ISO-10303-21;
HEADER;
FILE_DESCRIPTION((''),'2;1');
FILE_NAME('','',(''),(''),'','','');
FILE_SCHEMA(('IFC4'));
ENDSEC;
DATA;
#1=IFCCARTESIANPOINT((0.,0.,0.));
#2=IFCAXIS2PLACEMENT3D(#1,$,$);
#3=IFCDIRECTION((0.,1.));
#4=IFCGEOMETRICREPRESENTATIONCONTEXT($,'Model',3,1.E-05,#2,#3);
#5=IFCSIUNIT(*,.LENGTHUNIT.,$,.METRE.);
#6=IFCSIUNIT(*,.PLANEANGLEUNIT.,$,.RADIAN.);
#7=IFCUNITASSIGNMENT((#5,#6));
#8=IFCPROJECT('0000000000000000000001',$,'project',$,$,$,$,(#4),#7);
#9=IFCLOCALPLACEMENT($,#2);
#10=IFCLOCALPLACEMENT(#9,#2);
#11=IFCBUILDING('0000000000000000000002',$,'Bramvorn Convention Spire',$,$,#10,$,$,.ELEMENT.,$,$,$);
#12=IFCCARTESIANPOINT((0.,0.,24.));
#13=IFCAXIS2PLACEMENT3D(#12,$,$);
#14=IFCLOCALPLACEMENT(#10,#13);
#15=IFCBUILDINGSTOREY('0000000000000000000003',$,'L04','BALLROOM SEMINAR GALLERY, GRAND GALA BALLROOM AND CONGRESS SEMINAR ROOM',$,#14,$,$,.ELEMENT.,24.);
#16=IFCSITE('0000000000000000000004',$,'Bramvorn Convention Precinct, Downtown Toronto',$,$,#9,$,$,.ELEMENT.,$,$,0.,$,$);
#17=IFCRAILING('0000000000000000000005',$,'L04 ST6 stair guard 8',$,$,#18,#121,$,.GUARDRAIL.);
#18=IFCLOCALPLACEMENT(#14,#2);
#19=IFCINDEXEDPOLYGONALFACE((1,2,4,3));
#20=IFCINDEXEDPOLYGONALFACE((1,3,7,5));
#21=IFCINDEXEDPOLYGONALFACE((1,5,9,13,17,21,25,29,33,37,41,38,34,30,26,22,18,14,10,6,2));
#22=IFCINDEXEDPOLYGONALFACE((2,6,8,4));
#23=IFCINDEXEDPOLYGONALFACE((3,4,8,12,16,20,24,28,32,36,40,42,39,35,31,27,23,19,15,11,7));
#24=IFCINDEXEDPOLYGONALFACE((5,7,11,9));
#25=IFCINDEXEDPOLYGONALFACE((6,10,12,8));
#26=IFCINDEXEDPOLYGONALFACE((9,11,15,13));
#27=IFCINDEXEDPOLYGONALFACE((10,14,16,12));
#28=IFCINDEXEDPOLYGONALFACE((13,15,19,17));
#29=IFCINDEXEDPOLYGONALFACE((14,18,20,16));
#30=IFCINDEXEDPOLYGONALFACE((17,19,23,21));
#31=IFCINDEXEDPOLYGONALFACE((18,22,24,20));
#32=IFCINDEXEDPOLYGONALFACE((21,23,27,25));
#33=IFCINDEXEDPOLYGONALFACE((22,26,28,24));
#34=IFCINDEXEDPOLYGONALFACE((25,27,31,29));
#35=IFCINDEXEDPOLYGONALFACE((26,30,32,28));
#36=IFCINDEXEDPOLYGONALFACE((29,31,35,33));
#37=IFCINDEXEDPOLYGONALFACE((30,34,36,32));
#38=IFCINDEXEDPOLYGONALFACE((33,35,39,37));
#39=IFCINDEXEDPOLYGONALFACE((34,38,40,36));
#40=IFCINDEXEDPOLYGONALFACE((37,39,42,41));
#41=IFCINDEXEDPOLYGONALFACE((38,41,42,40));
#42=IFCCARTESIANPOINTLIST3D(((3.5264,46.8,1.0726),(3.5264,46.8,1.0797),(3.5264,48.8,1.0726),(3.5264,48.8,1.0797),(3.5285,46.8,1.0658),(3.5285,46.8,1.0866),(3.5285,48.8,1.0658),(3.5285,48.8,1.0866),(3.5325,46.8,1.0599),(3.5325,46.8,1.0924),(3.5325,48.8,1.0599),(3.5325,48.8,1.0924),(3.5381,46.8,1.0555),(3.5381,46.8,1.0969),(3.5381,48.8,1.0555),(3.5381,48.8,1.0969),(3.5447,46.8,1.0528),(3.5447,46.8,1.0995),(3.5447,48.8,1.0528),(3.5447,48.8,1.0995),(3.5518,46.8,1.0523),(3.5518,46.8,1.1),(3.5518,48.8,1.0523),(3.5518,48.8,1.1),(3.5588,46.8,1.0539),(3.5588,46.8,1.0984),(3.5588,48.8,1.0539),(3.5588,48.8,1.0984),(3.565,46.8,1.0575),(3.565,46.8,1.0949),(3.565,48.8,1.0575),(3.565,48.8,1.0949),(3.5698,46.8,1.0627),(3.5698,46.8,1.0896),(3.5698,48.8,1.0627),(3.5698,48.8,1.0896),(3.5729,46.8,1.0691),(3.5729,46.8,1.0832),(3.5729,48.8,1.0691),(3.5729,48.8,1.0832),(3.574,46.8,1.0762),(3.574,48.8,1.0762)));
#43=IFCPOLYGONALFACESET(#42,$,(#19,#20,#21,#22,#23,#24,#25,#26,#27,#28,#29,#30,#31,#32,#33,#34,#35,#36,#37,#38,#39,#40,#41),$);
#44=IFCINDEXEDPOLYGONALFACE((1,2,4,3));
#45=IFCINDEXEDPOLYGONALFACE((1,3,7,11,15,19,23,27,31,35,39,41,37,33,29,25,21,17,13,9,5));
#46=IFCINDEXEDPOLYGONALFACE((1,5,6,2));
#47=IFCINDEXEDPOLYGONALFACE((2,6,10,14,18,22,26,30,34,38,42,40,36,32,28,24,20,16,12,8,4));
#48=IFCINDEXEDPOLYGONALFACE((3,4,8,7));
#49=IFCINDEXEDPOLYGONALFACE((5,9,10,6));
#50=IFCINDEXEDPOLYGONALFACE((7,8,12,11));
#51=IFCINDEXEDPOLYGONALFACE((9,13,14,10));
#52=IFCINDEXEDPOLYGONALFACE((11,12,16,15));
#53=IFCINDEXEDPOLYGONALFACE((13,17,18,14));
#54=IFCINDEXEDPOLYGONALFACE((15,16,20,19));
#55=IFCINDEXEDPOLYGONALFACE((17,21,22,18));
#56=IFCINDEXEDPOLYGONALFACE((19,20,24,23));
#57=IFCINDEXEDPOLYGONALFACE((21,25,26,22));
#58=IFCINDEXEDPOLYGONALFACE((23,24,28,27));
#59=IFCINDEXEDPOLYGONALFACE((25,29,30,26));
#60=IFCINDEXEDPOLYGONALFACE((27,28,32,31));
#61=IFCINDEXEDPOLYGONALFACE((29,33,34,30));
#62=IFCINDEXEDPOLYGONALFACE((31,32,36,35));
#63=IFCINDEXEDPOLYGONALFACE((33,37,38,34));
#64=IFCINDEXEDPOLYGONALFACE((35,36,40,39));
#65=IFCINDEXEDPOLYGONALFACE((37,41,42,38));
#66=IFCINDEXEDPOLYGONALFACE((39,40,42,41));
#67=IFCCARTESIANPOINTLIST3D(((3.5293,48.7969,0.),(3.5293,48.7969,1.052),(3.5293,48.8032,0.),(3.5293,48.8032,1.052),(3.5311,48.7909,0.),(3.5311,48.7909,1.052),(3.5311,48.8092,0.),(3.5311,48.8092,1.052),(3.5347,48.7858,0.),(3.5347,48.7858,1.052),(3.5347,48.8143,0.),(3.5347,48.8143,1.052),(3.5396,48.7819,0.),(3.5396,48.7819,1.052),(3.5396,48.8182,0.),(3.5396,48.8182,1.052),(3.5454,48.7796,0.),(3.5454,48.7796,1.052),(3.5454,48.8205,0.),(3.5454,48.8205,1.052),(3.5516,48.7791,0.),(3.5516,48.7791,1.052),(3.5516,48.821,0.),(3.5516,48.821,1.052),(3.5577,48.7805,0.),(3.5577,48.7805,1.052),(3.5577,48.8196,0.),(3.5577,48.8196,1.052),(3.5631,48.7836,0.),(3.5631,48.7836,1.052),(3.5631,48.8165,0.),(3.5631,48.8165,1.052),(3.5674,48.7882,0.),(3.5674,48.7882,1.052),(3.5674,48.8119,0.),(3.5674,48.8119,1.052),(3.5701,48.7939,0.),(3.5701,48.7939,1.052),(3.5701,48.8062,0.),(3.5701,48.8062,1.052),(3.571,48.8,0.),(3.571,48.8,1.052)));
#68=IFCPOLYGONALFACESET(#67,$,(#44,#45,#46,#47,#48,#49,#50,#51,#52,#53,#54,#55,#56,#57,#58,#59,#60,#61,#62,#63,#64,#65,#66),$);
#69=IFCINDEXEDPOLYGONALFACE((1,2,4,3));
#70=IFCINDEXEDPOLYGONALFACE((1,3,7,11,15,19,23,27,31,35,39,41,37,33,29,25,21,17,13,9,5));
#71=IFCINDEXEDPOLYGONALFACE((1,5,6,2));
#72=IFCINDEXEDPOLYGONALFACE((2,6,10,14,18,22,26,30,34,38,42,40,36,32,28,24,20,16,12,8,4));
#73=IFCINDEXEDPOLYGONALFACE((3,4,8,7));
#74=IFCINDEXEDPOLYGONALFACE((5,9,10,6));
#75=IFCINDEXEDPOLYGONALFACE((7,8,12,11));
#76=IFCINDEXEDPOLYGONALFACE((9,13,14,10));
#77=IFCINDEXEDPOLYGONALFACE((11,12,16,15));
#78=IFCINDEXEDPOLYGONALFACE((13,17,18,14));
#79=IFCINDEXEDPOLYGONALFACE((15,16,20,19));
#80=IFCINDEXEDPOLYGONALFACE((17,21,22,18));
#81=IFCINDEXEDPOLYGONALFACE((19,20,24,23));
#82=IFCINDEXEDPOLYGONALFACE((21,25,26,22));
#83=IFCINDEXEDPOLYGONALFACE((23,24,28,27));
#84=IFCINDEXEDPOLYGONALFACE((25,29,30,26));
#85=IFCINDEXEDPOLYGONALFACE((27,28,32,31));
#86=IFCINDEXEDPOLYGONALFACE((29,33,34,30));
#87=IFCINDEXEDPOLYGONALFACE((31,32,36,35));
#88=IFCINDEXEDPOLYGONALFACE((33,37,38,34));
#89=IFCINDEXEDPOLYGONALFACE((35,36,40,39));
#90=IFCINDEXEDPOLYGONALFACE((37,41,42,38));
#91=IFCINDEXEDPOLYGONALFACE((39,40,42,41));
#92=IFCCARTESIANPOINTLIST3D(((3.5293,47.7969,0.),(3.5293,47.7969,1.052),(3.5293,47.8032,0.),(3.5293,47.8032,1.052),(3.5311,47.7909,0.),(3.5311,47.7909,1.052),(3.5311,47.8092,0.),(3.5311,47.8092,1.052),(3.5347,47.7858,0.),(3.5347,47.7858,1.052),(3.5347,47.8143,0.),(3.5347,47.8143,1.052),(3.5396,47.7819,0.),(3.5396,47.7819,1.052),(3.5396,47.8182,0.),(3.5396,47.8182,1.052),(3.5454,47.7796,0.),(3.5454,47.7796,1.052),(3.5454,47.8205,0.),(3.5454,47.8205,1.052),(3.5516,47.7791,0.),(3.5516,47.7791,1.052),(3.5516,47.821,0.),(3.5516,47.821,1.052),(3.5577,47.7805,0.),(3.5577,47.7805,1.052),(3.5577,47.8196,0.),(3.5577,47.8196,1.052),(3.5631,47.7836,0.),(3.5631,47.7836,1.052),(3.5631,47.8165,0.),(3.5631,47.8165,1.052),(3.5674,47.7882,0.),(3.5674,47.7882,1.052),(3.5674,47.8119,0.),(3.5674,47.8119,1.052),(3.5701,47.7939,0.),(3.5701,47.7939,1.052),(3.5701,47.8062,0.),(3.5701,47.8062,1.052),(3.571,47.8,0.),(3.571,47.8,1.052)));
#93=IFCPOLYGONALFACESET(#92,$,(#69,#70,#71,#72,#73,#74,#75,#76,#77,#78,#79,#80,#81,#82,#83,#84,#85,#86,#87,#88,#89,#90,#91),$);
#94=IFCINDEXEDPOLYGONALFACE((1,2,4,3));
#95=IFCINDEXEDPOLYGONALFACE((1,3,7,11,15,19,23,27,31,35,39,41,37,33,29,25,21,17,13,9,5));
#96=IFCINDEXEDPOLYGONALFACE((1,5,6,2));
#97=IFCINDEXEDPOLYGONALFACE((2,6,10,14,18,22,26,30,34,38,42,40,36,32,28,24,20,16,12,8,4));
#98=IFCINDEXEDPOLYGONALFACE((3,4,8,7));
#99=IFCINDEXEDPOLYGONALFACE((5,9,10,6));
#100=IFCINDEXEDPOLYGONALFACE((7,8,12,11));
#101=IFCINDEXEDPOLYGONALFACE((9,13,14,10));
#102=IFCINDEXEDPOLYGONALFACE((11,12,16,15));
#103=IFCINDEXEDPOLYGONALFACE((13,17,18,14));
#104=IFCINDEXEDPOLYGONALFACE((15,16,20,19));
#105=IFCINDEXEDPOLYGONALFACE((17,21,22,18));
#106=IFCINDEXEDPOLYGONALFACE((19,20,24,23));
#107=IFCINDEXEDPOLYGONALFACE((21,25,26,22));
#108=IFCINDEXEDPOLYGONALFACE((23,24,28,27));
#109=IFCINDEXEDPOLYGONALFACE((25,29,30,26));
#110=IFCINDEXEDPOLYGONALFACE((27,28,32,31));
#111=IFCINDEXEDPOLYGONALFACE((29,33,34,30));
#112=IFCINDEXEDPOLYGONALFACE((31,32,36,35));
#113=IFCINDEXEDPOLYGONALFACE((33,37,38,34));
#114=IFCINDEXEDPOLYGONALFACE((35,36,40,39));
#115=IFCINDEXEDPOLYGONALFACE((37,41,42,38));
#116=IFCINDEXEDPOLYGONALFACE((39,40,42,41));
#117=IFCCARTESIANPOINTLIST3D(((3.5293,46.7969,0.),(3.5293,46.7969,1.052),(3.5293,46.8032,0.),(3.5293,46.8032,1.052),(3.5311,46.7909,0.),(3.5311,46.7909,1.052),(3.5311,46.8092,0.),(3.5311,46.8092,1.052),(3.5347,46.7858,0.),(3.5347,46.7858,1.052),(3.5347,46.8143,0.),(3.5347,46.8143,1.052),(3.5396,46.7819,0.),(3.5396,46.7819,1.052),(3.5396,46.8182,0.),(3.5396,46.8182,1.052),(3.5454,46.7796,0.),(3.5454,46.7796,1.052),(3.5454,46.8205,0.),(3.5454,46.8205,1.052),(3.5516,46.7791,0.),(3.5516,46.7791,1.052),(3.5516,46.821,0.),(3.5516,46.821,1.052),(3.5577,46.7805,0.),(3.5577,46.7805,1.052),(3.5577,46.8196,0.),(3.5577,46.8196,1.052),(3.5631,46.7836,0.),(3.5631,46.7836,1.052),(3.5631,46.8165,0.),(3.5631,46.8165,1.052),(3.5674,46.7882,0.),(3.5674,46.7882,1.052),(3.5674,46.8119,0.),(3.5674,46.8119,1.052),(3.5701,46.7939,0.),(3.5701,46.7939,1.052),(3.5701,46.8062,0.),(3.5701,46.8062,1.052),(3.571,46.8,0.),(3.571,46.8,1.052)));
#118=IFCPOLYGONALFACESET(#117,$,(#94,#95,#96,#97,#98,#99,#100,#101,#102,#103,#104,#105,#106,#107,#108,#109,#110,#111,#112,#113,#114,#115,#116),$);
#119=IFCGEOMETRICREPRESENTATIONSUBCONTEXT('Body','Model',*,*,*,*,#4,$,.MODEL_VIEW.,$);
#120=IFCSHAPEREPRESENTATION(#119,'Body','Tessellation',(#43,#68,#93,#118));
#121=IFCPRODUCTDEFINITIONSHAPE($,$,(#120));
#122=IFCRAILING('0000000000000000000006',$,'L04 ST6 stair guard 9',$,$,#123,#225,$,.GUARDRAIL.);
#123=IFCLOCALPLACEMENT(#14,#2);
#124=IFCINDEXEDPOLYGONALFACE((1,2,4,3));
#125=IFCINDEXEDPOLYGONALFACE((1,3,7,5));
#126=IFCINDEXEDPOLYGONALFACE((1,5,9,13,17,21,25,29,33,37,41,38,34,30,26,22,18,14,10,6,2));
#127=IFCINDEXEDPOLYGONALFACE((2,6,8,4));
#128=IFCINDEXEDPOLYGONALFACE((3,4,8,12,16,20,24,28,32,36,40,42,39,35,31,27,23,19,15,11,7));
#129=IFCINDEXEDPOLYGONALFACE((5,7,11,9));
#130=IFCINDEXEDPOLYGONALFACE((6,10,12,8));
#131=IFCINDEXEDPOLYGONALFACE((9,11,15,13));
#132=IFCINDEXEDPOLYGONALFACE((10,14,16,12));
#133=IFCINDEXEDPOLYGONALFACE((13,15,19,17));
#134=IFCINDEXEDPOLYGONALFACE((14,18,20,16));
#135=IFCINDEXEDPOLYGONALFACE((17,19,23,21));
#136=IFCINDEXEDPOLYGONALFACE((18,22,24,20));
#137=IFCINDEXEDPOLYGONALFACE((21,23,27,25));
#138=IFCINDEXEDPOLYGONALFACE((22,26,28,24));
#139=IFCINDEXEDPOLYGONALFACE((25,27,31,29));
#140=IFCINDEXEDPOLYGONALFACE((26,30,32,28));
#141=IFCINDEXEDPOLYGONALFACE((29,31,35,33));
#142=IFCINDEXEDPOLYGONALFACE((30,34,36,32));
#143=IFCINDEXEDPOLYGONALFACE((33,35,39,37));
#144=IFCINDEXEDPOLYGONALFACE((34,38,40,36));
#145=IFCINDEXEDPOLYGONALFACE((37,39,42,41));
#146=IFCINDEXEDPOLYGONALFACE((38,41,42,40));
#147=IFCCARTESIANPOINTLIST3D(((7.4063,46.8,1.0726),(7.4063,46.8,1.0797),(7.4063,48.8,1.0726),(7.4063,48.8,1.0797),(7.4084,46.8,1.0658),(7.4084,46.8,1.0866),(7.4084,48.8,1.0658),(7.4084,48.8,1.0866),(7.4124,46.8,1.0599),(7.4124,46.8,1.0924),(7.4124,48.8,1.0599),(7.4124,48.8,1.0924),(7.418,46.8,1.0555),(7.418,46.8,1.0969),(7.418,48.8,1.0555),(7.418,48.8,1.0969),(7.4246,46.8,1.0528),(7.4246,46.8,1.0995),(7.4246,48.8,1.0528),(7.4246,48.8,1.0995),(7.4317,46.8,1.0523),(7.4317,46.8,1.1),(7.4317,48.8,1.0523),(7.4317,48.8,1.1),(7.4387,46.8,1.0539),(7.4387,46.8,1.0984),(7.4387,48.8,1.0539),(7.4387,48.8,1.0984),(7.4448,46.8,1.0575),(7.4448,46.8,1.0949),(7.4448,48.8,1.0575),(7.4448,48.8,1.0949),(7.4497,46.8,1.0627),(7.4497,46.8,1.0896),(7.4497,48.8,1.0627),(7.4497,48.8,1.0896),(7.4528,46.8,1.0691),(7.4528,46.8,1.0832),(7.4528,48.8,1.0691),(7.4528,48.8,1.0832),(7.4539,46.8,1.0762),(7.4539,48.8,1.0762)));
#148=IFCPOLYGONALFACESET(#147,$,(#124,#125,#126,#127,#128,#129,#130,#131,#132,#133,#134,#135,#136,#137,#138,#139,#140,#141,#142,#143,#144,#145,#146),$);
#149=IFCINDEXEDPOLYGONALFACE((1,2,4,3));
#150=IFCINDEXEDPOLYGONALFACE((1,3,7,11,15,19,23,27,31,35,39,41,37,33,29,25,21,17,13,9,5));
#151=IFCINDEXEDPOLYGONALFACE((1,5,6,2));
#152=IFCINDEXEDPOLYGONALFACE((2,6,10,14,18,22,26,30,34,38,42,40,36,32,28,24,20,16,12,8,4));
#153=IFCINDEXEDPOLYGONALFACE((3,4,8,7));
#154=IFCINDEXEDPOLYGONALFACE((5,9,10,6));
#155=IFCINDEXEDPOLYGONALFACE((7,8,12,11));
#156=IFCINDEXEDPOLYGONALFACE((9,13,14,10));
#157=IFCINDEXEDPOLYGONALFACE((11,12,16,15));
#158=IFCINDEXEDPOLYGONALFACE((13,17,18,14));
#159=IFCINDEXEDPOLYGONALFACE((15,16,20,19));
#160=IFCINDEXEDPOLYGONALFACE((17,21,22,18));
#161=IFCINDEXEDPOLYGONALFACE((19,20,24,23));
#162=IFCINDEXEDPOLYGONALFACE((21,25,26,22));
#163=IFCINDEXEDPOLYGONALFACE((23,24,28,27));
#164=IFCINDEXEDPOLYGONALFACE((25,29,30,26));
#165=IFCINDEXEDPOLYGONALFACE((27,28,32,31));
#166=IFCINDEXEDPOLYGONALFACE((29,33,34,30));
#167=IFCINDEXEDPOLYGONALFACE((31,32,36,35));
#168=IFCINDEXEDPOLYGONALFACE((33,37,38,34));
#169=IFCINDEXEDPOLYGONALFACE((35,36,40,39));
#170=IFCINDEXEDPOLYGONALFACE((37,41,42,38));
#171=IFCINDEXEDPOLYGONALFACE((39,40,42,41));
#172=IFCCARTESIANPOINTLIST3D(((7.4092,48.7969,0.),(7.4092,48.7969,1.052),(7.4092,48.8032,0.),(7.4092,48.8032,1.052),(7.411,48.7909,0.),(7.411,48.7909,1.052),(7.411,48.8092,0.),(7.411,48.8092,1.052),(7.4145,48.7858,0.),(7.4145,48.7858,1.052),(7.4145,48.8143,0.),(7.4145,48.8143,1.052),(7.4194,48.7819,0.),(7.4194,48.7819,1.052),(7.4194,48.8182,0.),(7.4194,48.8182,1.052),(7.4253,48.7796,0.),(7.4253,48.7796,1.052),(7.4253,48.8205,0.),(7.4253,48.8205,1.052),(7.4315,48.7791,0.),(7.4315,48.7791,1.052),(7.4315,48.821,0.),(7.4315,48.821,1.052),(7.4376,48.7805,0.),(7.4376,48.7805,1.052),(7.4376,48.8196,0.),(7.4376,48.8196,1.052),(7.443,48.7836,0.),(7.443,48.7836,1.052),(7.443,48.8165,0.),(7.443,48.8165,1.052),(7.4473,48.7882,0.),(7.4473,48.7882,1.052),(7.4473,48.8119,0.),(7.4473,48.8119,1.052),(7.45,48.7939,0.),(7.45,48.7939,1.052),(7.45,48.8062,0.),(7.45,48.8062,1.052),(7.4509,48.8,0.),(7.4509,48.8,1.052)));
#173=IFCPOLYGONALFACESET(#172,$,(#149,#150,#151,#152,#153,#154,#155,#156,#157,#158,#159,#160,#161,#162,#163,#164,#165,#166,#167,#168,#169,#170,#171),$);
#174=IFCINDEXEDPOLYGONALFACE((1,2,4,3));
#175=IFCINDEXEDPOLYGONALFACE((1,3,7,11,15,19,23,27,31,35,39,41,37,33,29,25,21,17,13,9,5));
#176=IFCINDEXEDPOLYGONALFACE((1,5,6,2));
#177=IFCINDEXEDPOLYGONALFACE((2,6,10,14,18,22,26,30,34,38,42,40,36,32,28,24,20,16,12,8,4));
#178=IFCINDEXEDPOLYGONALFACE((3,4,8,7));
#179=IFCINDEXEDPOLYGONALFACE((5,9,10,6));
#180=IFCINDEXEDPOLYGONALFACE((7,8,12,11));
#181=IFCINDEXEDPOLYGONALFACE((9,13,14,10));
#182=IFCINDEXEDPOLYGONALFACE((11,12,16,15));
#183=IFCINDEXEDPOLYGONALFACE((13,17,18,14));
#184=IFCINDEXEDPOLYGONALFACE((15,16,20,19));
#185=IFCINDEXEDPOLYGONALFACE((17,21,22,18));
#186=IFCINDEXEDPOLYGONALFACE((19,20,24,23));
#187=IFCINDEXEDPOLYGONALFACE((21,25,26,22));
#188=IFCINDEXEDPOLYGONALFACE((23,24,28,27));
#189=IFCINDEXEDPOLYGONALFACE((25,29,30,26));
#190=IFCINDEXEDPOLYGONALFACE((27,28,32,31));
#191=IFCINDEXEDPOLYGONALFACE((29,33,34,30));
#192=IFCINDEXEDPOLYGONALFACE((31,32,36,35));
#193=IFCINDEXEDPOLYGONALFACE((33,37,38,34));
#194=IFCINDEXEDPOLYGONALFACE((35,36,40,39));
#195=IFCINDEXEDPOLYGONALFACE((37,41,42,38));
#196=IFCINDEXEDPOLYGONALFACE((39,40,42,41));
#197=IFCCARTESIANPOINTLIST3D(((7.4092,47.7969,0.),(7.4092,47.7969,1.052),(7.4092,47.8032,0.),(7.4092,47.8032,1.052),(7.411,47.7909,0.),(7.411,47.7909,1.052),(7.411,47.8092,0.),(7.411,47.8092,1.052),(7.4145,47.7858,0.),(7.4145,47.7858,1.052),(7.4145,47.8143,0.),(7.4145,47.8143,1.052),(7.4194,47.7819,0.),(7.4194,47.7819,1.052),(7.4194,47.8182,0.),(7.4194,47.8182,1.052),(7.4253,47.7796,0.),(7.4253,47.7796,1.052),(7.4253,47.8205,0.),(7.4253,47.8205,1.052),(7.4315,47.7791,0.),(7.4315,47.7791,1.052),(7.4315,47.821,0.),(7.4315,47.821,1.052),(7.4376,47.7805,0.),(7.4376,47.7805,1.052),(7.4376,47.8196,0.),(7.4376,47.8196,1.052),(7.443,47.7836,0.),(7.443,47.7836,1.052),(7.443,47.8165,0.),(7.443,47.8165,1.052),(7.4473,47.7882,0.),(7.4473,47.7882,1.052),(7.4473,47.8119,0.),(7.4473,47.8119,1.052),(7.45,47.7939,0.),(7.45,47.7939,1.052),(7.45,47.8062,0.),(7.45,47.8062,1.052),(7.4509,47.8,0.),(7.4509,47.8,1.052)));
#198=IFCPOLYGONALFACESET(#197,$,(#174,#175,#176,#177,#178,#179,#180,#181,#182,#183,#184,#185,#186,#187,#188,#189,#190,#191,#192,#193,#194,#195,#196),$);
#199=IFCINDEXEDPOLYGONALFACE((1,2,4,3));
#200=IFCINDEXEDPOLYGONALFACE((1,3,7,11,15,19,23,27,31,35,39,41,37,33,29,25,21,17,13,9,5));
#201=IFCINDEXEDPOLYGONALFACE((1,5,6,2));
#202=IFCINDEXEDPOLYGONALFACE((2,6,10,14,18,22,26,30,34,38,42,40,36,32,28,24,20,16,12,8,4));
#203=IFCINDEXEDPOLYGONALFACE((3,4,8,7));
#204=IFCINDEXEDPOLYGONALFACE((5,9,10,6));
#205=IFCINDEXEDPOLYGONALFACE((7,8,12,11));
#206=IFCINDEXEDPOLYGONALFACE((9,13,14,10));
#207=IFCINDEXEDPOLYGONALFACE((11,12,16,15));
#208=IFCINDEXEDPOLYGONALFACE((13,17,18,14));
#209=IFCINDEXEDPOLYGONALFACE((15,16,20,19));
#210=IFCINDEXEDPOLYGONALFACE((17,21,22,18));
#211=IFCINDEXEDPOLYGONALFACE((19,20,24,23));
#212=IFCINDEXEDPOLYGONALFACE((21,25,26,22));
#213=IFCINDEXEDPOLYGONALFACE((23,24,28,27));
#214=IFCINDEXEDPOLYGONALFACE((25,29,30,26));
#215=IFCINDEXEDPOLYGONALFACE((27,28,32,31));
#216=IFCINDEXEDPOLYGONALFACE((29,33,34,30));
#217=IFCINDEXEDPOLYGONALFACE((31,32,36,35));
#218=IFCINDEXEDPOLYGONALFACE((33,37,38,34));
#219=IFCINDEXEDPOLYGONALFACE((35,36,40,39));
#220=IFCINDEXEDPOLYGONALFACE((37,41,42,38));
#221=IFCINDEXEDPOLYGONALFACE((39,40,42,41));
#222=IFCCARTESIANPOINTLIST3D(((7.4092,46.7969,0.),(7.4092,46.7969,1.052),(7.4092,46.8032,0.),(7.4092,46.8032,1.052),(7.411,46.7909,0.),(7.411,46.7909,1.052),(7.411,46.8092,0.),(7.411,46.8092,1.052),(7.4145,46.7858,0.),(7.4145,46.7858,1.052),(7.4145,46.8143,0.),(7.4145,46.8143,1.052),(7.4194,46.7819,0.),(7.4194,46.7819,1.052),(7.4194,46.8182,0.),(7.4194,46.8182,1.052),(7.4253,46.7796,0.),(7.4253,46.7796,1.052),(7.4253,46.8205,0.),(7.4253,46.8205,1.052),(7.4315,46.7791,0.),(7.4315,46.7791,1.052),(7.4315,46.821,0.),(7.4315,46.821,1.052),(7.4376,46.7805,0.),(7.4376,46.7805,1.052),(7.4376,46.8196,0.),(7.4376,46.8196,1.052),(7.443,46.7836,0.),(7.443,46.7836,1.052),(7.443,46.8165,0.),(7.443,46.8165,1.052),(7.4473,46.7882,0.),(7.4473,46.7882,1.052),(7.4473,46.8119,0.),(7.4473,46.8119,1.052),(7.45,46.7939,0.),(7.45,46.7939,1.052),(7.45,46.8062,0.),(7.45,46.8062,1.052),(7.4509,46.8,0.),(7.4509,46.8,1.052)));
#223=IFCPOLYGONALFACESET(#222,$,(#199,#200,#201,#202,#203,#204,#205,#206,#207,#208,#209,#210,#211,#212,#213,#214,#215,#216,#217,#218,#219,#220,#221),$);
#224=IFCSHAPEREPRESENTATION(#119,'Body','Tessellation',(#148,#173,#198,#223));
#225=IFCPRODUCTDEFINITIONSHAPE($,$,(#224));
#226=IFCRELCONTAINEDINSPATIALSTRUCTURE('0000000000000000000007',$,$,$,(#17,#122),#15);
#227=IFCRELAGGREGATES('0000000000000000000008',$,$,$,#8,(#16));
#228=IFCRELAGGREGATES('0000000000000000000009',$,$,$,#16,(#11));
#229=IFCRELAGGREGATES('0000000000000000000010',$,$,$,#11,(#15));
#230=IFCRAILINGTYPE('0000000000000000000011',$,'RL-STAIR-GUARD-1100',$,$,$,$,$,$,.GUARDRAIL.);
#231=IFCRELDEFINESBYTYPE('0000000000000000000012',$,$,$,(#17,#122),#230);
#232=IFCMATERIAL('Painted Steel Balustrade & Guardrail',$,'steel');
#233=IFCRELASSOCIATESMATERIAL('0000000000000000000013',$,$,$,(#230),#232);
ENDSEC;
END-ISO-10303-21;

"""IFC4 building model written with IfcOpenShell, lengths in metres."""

from ifc_helpers import new_model, si_unit, direction, frame, origin, origin_2d, place, context, subcontext, project, spatial, circle, extrude, material, type_object, element, save


model = new_model("IFC4")

# Units and contexts
model_context = context("Model", 3, precision=1e-05, world=origin(), true_north=direction((0.0, 1.0)))
body_context = subcontext(model_context, "Body", "Model", "MODEL_VIEW")
ifc_project = project(units=[si_unit("LENGTHUNIT", "METRE"), si_unit("PLANEANGLEUNIT", "RADIAN")], contexts=[model_context])

# Site, building, storey
site_placement = place(None, origin())
site = spatial("IfcSite", under=ifc_project, at=site_placement, Name="Bramvorn Convention Precinct, Downtown Toronto", CompositionType="ELEMENT", RefElevation=0.0)
building_placement = place(site_placement, origin())
building = spatial("IfcBuilding", under=site, at=building_placement, Name="Bramvorn Convention Spire", CompositionType="ELEMENT")
storey_placement = place(building_placement, frame((0.0, 0.0, 24.0)))
storey = spatial("IfcBuildingStorey", under=building, at=storey_placement, Name="L04", Description="BALLROOM SEMINAR GALLERY, GRAND GALA BALLROOM AND CONGRESS SEMINAR ROOM", CompositionType="ELEMENT", Elevation=24.0)

# Railings
ifc_material_1 = material(Name="Painted Steel Balustrade & Guardrail", Category="steel")
railing_type_1 = type_object("IfcRailingType", Name="RL-STAIR-GUARD-1100", PredefinedType="GUARDRAIL", material=ifc_material_1)
for number, where, name in (
    (1, (3.55, 48.8, 0.0), "L04 ST6 stair guard 8"),
    (2, (7.4299, 48.8, 0.0), "L04 ST6 stair guard 9"),
):
    element("IfcRailing", number, at=place(storey_placement, frame(where)), inside=storey, type_object=railing_type_1, Name=name, PredefinedType="GUARDRAIL", context=body_context, shape_type="SweptSolid", body=[
        extrude(circle(Radius=0.0239, at=origin_2d()), frame((0.0, 0.0, 1.0762), z_axis=(0.0, -1.0, 0.0), x_axis=(1.0, 0.0, 0.0)), (0.0, 0.0, 1.0), 2.0),
        extrude(circle(Radius=0.021, at=origin_2d()), origin(), (0.0, 0.0, 1.0), 1.052),
        extrude(circle(Radius=0.021, at=origin_2d()), frame((0.0, -1.0, 0.0)), (0.0, 0.0, 1.0), 1.052),
        extrude(circle(Radius=0.021, at=origin_2d()), frame((0.0, -2.0, 0.0)), (0.0, 0.0, 1.0), 1.052),
    ])

save(model, "model.ifc")
